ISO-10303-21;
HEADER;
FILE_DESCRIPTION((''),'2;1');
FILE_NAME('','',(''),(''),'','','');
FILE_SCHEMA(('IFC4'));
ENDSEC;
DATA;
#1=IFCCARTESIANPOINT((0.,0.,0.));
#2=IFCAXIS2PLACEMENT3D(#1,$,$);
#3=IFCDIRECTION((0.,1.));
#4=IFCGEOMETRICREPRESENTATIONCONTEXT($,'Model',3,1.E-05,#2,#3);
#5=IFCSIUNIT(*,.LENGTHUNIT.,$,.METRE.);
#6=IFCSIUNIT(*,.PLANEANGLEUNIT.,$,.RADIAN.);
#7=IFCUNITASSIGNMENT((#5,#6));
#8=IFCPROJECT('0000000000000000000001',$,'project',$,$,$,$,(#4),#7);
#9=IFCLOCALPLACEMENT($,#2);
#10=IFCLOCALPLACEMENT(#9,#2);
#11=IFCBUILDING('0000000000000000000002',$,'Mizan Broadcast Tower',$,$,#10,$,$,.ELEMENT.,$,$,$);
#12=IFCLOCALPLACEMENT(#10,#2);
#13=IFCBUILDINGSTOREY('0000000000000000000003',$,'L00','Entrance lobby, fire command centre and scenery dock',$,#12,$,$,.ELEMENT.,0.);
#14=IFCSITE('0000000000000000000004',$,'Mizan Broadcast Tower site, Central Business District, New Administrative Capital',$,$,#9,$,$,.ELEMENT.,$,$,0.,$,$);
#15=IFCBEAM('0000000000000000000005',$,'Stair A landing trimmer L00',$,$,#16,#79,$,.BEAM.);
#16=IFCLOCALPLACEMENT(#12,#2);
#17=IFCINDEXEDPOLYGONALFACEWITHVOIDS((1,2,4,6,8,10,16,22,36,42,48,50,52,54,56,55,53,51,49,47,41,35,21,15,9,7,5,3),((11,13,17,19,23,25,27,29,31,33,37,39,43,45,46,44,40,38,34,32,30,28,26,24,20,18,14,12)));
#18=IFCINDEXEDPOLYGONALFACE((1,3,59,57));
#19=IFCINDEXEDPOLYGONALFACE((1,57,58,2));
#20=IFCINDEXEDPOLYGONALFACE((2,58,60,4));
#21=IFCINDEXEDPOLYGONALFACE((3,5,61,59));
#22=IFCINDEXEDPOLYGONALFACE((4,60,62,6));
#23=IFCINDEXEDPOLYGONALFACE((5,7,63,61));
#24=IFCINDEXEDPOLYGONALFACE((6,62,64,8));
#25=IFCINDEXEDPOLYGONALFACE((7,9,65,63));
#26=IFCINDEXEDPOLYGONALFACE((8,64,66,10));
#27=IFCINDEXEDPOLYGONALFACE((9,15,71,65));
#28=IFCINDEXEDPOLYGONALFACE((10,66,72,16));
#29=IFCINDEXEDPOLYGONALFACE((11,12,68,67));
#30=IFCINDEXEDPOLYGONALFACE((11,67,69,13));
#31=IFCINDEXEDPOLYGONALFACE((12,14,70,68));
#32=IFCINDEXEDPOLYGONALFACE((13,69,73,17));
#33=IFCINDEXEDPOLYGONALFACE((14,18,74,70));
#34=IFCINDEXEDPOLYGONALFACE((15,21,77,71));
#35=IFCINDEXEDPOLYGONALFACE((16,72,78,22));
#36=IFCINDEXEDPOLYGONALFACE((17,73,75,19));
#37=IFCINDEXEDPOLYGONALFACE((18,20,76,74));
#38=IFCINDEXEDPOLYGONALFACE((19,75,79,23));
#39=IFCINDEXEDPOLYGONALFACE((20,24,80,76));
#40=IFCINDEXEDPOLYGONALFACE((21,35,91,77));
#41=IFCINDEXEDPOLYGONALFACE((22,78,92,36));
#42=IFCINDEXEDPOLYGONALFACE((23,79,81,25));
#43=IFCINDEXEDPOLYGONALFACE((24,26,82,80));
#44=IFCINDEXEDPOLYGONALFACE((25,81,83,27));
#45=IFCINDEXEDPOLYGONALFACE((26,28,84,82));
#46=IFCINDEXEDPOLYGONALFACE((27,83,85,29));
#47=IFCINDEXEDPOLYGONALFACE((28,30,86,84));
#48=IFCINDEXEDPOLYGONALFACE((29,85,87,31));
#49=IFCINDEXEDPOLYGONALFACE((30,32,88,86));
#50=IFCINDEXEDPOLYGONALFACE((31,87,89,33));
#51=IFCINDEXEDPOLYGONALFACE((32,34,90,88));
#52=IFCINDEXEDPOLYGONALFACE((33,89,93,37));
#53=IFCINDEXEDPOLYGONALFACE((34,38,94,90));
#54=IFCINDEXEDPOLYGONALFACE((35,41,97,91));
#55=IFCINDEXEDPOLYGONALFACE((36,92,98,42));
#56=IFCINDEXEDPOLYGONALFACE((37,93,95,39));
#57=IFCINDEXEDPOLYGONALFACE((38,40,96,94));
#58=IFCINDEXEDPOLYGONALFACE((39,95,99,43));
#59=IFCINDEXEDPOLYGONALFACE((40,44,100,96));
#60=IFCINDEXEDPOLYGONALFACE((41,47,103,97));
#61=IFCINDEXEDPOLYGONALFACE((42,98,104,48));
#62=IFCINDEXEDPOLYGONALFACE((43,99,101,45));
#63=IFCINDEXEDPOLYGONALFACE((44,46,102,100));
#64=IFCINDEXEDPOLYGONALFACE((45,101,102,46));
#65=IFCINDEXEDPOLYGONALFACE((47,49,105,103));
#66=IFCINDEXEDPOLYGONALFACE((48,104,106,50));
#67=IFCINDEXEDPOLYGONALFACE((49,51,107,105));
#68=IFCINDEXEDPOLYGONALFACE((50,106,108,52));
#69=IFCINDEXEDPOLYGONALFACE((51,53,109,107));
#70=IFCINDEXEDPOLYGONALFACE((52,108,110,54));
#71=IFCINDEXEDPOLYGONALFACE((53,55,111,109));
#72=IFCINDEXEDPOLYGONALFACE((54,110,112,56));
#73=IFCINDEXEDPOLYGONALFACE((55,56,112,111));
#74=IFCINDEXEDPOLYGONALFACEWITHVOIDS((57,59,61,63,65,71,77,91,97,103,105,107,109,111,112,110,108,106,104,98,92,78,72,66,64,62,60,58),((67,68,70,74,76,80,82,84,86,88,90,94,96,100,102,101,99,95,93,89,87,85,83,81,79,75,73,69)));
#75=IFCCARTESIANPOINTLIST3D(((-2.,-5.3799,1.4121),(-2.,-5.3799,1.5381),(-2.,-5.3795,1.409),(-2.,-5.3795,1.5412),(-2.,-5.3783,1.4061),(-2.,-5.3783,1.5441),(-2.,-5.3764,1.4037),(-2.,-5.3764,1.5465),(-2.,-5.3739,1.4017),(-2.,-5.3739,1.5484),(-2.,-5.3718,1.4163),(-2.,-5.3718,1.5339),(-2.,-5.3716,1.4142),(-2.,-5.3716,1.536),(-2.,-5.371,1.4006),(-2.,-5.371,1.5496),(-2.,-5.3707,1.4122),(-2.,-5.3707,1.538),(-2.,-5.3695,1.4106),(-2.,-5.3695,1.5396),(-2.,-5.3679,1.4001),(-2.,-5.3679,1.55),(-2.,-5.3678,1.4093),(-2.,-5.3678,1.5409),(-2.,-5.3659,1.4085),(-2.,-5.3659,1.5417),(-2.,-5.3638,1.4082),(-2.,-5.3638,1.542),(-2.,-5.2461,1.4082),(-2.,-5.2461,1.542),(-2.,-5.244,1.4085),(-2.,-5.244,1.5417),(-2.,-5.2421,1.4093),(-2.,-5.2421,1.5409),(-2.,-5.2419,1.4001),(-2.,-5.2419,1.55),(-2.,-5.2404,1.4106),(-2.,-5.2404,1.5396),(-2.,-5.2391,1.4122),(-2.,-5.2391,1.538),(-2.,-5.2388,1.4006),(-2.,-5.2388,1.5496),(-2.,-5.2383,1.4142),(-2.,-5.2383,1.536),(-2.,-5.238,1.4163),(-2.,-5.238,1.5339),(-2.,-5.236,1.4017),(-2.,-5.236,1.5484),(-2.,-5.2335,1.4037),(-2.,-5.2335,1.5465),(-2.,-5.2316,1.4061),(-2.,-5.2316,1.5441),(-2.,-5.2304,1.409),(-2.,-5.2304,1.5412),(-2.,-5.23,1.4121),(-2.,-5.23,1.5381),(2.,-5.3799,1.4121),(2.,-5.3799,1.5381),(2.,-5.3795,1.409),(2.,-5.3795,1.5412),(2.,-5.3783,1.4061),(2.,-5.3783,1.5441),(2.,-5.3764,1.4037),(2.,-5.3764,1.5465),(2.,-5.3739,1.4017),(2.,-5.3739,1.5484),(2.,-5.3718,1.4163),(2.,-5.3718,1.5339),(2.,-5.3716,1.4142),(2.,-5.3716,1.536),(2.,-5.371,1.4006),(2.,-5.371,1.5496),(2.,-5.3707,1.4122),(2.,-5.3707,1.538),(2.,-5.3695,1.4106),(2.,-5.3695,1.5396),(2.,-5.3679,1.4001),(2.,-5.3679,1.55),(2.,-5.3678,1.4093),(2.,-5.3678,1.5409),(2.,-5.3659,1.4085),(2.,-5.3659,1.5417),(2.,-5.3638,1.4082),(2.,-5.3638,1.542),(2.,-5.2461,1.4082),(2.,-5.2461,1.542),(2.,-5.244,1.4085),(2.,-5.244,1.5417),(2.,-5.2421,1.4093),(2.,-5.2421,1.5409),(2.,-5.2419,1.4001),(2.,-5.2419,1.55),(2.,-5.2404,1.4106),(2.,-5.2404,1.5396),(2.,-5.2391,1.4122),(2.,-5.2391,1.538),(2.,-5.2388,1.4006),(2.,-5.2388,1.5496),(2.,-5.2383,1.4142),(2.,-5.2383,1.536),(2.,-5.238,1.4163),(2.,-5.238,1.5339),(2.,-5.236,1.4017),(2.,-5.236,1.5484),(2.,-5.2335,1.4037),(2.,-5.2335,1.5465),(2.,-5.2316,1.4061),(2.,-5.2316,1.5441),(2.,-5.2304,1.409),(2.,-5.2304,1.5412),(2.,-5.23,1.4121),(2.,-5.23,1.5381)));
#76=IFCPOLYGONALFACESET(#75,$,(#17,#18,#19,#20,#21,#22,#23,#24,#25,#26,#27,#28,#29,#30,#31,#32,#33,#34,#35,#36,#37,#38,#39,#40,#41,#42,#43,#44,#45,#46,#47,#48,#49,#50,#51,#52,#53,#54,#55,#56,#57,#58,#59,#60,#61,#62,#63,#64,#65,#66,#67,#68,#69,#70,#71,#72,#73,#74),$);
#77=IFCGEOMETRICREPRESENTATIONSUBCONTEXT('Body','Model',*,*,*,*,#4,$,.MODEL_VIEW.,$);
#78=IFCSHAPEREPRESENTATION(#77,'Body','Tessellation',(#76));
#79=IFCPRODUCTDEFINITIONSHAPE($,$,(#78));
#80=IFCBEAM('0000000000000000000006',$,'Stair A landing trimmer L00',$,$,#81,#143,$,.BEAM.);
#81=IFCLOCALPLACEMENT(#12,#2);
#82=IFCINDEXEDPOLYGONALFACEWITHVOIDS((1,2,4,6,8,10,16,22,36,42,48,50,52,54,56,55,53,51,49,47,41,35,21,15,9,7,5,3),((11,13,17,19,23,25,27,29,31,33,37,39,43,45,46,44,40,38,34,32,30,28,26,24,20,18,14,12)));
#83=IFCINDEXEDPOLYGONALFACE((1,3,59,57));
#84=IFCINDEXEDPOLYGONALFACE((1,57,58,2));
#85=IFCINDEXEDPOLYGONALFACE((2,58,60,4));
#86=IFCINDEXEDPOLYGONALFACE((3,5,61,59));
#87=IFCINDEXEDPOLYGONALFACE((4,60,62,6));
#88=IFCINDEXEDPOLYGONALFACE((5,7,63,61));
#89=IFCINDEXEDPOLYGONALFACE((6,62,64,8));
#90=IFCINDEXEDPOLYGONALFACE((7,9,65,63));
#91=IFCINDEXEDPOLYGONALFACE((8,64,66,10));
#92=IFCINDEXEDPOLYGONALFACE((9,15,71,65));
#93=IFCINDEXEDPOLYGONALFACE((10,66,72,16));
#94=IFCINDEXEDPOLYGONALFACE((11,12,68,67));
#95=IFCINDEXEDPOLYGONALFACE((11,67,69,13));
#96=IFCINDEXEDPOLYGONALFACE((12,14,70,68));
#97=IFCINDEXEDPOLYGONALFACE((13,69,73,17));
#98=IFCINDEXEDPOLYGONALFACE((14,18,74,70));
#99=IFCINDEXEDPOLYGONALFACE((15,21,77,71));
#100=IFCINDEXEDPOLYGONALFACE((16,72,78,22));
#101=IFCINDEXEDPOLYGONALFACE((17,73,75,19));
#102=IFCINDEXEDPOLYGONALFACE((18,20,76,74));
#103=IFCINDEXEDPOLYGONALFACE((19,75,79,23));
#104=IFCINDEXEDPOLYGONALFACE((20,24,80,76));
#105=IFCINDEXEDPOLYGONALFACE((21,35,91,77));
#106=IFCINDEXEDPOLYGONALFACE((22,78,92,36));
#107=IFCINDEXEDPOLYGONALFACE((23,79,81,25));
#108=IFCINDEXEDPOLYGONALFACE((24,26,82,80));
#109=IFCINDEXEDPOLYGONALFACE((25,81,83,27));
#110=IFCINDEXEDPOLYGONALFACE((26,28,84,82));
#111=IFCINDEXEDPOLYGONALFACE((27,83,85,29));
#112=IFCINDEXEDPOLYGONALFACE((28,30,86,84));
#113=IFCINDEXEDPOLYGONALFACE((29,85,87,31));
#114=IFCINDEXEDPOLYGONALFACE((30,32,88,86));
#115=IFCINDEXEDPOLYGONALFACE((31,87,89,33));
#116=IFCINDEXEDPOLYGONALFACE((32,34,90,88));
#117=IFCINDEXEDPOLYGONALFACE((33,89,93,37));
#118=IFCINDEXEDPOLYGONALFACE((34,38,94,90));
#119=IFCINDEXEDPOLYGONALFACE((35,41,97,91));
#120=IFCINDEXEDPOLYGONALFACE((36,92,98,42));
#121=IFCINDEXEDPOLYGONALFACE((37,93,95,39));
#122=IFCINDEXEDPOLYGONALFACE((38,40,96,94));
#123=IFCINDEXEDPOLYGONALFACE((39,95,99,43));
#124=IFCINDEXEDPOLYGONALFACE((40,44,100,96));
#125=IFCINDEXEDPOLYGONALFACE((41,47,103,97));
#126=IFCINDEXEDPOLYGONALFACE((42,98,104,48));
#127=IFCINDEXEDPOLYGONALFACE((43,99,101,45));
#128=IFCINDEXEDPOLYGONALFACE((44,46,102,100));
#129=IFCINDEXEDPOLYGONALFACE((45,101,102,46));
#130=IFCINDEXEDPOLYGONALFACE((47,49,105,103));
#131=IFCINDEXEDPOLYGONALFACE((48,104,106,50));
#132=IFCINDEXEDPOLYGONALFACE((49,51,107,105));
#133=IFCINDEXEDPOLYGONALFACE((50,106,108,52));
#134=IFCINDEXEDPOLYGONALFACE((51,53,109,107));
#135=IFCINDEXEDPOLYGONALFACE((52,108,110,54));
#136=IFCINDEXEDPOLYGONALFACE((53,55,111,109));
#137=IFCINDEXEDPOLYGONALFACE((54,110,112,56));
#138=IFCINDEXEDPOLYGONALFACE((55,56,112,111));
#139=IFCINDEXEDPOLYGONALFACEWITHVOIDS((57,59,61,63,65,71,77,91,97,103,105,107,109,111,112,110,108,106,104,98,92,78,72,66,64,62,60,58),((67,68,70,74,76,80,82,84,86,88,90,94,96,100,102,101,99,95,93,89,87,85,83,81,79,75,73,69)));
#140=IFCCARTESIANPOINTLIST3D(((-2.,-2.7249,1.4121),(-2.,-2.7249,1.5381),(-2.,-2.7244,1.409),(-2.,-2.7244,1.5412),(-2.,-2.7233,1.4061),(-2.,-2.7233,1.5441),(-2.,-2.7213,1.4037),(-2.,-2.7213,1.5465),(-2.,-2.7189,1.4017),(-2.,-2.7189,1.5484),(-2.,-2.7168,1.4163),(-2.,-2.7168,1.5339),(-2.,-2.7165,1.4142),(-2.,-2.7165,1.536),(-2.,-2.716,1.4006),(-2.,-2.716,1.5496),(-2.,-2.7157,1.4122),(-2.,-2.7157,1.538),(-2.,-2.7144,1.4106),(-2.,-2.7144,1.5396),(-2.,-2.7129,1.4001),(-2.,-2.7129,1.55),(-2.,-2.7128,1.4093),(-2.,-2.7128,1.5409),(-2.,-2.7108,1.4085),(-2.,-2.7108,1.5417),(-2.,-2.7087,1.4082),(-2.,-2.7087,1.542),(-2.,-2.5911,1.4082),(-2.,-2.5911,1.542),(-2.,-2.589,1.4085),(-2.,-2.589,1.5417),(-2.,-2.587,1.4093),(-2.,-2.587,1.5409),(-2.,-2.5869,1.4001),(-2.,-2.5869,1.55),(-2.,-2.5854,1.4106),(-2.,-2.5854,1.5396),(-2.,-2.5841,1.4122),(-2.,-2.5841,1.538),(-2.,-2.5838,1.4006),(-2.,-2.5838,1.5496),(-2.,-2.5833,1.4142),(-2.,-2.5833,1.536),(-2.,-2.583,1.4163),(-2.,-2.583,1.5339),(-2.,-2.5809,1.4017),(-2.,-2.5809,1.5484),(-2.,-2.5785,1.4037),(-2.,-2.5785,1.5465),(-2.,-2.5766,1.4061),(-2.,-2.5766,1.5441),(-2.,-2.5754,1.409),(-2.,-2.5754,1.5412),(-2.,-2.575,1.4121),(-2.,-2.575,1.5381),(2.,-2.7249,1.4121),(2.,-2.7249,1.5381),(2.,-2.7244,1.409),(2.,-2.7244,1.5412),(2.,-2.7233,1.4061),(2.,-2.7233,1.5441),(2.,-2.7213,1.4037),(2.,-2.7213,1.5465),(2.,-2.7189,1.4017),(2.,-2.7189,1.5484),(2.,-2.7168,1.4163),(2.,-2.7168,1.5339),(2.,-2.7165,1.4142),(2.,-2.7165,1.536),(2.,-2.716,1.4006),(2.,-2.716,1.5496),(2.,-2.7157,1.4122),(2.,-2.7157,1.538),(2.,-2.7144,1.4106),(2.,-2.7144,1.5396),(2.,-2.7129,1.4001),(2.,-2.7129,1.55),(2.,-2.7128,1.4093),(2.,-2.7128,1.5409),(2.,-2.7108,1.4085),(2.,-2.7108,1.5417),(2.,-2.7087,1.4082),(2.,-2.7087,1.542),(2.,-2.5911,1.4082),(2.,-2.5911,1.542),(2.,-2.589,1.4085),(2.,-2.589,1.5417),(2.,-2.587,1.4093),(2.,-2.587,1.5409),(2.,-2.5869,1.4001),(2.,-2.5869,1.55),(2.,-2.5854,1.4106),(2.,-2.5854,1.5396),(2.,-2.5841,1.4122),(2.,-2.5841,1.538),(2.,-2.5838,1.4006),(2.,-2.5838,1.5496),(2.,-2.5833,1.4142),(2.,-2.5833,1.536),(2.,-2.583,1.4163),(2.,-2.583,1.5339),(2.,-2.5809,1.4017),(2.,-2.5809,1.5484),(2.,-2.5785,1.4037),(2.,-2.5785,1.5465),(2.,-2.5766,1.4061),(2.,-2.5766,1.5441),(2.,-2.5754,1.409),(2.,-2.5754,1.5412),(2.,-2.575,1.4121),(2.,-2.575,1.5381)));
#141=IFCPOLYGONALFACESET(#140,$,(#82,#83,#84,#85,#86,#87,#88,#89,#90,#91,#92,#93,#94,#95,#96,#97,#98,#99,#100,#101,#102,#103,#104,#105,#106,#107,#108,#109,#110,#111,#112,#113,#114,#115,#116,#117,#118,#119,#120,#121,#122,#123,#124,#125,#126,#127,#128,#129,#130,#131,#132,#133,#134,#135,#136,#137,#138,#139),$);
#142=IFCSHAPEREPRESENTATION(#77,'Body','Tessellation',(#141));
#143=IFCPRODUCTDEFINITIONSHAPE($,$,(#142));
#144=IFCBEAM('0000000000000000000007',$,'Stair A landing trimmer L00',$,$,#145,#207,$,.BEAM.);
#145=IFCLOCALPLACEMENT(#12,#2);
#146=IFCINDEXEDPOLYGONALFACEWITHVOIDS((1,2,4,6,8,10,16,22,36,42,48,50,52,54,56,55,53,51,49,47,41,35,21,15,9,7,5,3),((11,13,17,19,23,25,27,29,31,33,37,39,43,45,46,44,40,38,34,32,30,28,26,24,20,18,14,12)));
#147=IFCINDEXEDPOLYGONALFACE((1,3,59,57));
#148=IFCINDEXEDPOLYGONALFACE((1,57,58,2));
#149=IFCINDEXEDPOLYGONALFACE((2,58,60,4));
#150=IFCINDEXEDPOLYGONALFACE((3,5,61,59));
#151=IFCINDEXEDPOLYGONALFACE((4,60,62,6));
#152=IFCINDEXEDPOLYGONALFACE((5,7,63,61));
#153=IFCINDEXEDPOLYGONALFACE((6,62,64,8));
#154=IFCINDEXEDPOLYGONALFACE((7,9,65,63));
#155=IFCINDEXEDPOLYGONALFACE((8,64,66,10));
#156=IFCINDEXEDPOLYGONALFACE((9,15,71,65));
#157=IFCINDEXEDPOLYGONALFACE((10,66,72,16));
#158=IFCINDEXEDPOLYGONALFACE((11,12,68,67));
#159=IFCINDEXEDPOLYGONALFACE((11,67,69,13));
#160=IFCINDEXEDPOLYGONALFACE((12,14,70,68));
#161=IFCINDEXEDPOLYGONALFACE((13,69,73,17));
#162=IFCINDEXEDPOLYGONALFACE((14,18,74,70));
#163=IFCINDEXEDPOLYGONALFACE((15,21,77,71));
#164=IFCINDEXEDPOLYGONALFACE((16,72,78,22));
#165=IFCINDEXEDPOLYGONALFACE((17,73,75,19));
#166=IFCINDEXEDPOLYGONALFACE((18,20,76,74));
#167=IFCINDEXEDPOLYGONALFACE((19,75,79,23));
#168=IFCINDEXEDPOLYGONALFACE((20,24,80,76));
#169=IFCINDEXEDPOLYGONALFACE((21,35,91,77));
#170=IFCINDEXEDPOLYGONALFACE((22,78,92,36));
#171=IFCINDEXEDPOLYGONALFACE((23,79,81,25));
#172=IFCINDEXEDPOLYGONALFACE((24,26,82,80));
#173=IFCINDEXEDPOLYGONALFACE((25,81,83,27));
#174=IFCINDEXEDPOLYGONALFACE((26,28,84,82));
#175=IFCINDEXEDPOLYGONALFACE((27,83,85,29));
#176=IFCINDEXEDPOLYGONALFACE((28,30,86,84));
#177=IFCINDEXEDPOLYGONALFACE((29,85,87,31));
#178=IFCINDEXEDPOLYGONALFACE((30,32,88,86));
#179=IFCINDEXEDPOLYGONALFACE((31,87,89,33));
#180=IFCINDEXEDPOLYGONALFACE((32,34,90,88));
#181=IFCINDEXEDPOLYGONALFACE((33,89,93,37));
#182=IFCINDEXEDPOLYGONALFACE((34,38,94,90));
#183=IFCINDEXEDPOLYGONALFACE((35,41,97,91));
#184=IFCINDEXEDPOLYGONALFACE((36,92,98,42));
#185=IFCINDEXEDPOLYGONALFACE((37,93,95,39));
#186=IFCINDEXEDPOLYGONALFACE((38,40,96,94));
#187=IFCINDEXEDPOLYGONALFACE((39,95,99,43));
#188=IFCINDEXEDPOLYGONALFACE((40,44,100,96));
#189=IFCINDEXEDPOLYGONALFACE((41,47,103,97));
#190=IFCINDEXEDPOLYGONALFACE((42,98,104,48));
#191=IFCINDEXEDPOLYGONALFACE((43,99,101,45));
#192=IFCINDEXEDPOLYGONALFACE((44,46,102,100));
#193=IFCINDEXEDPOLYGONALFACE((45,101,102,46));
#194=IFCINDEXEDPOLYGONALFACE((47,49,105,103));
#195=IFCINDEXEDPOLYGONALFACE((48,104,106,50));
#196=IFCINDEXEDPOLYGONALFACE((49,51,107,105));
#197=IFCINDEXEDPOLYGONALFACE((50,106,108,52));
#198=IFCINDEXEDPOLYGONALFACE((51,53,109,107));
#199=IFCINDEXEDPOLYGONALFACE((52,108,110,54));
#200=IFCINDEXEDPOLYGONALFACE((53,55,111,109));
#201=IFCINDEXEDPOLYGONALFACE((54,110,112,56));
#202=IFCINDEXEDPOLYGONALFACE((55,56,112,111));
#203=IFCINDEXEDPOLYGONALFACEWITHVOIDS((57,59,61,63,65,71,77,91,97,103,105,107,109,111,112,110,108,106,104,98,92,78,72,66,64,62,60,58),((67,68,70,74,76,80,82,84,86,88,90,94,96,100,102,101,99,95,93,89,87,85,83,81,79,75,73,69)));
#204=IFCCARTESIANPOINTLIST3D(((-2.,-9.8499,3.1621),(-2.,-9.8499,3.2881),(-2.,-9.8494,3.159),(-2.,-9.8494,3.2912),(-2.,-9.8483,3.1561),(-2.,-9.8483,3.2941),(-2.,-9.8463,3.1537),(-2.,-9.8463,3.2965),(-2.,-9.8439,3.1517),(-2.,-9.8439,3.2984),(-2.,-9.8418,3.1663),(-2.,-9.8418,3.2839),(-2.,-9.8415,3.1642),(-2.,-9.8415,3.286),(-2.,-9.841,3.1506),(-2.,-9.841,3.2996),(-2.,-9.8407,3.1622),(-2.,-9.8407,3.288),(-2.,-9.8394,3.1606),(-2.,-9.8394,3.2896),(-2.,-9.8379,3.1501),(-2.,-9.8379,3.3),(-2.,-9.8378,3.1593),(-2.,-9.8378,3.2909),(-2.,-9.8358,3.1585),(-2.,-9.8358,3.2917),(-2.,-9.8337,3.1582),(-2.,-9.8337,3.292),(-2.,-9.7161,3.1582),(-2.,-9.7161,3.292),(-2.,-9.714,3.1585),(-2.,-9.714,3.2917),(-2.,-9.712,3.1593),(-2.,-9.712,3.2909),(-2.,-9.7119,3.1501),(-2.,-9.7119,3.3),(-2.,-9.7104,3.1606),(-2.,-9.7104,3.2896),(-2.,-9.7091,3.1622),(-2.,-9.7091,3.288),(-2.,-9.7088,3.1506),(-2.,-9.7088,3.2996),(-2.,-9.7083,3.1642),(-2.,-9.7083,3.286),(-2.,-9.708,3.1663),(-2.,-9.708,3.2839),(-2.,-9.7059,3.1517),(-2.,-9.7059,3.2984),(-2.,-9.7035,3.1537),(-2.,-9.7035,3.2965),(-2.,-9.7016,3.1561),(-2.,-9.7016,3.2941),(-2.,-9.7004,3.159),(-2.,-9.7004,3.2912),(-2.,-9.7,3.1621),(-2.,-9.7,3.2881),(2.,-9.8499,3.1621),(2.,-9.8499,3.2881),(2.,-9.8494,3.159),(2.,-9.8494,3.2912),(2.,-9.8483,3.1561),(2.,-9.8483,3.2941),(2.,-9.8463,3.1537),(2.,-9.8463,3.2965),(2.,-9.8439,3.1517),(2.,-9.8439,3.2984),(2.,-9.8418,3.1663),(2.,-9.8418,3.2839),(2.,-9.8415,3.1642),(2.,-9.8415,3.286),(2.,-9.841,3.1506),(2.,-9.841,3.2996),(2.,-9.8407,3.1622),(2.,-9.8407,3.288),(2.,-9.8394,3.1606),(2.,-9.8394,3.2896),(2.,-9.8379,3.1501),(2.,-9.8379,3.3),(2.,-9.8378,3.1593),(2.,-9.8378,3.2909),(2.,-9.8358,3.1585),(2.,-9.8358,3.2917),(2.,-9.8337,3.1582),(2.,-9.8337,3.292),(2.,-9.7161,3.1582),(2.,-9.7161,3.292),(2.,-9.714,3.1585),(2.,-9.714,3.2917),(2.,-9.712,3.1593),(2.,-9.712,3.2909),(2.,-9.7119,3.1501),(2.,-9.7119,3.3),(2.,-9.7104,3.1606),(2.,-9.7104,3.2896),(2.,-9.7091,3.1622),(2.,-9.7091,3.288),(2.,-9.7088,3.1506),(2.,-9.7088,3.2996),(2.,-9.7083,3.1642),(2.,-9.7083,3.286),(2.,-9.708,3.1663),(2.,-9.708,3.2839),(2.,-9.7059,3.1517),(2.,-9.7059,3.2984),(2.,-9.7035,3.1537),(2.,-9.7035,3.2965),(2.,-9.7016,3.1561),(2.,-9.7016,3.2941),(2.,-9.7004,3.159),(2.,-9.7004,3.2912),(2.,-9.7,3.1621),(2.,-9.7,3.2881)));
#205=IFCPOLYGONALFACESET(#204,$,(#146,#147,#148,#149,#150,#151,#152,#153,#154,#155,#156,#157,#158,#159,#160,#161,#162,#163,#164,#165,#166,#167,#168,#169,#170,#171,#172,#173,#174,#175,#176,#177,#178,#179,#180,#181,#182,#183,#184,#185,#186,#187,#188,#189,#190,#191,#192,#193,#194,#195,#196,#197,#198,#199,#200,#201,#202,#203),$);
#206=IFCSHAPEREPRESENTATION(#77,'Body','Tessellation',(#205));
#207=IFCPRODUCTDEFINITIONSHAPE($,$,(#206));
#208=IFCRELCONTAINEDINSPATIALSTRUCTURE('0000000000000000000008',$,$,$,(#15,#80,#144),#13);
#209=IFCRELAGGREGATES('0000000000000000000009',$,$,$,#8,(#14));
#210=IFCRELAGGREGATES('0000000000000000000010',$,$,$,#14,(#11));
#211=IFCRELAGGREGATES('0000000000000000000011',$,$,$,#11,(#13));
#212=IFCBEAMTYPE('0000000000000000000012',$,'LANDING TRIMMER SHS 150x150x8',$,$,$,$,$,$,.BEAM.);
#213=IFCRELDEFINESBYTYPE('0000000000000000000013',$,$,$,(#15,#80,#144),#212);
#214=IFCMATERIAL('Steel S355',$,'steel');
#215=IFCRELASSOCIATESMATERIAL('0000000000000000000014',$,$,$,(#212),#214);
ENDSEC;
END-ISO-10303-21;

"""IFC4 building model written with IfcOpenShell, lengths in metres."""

from ifc_helpers import new_model, si_unit, direction, frame, origin, origin_2d, place, context, subcontext, project, spatial, hollow_rectangle, extrude, material, material_profile, profile_set, type_object, element, save


model = new_model("IFC4")

# Units and contexts
model_context = context("Model", 3, precision=1e-05, world=origin(), true_north=direction((0.0, 1.0)))
body_context = subcontext(model_context, "Body", "Model", "MODEL_VIEW")
ifc_project = project(units=[si_unit("LENGTHUNIT", "METRE"), si_unit("PLANEANGLEUNIT", "RADIAN")], contexts=[model_context])

# Site, building, storey
site_placement = place(None, origin())
site = spatial("IfcSite", under=ifc_project, at=site_placement, Name="Mizan Broadcast Tower site, Central Business District, New Administrative Capital", CompositionType="ELEMENT", RefElevation=0.0)
building_placement = place(site_placement, origin())
building = spatial("IfcBuilding", under=site, at=building_placement, Name="Mizan Broadcast Tower", CompositionType="ELEMENT")
storey_placement = place(building_placement, origin())
storey = spatial("IfcBuildingStorey", under=building, at=storey_placement, Name="L00", Description="Entrance lobby, fire command centre and scenery dock", CompositionType="ELEMENT", Elevation=0.0)

# Beams
ifc_material_1 = material(Name="Steel S355", Category="steel")
ifc_material_profile = material_profile(ifc_material_1, hollow_rectangle(XDim=0.1499, YDim=0.1499, WallThickness=0.0081, InnerFilletRadius=0.0081, OuterFilletRadius=0.012, at=origin_2d()), Name="SHS 150x150x8")
ifc_profile_set = profile_set([ifc_material_profile], Name="Steel S355")
beam_type = type_object("IfcBeamType", Name="LANDING TRIMMER SHS 150x150x8", PredefinedType="BEAM", material=ifc_profile_set)
for number, where, z_axis, x_axis, name in (
    (1, (-2.0, -5.3049, 1.4751), (1.0, 0.0, 0.0), (0.0, 1.0, 0.0), "Stair A landing trimmer L00"),
    (2, (-2.0, -2.6499, 1.4751), (1.0, 0.0, 0.0), (0.0, 1.0, 0.0), "Stair A landing trimmer L00"),
    (3, (-2.0, -9.7749, 3.2251), (1.0, 0.0, 0.0), (0.0, 1.0, 0.0), "Stair A landing trimmer L00"),
):
    element("IfcBeam", number, at=place(storey_placement, frame(where, z_axis=z_axis, x_axis=x_axis)), inside=storey, type_object=beam_type, Name=name, PredefinedType="BEAM", context=body_context, shape_type="SweptSolid", body=[
        extrude(hollow_rectangle(XDim=0.1499, YDim=0.1499, WallThickness=0.0081, InnerFilletRadius=0.0081, OuterFilletRadius=0.012, at=origin_2d()), origin(), (0.0, 0.0, 1.0), 4.0),
    ])

save(model, "model.ifc")
